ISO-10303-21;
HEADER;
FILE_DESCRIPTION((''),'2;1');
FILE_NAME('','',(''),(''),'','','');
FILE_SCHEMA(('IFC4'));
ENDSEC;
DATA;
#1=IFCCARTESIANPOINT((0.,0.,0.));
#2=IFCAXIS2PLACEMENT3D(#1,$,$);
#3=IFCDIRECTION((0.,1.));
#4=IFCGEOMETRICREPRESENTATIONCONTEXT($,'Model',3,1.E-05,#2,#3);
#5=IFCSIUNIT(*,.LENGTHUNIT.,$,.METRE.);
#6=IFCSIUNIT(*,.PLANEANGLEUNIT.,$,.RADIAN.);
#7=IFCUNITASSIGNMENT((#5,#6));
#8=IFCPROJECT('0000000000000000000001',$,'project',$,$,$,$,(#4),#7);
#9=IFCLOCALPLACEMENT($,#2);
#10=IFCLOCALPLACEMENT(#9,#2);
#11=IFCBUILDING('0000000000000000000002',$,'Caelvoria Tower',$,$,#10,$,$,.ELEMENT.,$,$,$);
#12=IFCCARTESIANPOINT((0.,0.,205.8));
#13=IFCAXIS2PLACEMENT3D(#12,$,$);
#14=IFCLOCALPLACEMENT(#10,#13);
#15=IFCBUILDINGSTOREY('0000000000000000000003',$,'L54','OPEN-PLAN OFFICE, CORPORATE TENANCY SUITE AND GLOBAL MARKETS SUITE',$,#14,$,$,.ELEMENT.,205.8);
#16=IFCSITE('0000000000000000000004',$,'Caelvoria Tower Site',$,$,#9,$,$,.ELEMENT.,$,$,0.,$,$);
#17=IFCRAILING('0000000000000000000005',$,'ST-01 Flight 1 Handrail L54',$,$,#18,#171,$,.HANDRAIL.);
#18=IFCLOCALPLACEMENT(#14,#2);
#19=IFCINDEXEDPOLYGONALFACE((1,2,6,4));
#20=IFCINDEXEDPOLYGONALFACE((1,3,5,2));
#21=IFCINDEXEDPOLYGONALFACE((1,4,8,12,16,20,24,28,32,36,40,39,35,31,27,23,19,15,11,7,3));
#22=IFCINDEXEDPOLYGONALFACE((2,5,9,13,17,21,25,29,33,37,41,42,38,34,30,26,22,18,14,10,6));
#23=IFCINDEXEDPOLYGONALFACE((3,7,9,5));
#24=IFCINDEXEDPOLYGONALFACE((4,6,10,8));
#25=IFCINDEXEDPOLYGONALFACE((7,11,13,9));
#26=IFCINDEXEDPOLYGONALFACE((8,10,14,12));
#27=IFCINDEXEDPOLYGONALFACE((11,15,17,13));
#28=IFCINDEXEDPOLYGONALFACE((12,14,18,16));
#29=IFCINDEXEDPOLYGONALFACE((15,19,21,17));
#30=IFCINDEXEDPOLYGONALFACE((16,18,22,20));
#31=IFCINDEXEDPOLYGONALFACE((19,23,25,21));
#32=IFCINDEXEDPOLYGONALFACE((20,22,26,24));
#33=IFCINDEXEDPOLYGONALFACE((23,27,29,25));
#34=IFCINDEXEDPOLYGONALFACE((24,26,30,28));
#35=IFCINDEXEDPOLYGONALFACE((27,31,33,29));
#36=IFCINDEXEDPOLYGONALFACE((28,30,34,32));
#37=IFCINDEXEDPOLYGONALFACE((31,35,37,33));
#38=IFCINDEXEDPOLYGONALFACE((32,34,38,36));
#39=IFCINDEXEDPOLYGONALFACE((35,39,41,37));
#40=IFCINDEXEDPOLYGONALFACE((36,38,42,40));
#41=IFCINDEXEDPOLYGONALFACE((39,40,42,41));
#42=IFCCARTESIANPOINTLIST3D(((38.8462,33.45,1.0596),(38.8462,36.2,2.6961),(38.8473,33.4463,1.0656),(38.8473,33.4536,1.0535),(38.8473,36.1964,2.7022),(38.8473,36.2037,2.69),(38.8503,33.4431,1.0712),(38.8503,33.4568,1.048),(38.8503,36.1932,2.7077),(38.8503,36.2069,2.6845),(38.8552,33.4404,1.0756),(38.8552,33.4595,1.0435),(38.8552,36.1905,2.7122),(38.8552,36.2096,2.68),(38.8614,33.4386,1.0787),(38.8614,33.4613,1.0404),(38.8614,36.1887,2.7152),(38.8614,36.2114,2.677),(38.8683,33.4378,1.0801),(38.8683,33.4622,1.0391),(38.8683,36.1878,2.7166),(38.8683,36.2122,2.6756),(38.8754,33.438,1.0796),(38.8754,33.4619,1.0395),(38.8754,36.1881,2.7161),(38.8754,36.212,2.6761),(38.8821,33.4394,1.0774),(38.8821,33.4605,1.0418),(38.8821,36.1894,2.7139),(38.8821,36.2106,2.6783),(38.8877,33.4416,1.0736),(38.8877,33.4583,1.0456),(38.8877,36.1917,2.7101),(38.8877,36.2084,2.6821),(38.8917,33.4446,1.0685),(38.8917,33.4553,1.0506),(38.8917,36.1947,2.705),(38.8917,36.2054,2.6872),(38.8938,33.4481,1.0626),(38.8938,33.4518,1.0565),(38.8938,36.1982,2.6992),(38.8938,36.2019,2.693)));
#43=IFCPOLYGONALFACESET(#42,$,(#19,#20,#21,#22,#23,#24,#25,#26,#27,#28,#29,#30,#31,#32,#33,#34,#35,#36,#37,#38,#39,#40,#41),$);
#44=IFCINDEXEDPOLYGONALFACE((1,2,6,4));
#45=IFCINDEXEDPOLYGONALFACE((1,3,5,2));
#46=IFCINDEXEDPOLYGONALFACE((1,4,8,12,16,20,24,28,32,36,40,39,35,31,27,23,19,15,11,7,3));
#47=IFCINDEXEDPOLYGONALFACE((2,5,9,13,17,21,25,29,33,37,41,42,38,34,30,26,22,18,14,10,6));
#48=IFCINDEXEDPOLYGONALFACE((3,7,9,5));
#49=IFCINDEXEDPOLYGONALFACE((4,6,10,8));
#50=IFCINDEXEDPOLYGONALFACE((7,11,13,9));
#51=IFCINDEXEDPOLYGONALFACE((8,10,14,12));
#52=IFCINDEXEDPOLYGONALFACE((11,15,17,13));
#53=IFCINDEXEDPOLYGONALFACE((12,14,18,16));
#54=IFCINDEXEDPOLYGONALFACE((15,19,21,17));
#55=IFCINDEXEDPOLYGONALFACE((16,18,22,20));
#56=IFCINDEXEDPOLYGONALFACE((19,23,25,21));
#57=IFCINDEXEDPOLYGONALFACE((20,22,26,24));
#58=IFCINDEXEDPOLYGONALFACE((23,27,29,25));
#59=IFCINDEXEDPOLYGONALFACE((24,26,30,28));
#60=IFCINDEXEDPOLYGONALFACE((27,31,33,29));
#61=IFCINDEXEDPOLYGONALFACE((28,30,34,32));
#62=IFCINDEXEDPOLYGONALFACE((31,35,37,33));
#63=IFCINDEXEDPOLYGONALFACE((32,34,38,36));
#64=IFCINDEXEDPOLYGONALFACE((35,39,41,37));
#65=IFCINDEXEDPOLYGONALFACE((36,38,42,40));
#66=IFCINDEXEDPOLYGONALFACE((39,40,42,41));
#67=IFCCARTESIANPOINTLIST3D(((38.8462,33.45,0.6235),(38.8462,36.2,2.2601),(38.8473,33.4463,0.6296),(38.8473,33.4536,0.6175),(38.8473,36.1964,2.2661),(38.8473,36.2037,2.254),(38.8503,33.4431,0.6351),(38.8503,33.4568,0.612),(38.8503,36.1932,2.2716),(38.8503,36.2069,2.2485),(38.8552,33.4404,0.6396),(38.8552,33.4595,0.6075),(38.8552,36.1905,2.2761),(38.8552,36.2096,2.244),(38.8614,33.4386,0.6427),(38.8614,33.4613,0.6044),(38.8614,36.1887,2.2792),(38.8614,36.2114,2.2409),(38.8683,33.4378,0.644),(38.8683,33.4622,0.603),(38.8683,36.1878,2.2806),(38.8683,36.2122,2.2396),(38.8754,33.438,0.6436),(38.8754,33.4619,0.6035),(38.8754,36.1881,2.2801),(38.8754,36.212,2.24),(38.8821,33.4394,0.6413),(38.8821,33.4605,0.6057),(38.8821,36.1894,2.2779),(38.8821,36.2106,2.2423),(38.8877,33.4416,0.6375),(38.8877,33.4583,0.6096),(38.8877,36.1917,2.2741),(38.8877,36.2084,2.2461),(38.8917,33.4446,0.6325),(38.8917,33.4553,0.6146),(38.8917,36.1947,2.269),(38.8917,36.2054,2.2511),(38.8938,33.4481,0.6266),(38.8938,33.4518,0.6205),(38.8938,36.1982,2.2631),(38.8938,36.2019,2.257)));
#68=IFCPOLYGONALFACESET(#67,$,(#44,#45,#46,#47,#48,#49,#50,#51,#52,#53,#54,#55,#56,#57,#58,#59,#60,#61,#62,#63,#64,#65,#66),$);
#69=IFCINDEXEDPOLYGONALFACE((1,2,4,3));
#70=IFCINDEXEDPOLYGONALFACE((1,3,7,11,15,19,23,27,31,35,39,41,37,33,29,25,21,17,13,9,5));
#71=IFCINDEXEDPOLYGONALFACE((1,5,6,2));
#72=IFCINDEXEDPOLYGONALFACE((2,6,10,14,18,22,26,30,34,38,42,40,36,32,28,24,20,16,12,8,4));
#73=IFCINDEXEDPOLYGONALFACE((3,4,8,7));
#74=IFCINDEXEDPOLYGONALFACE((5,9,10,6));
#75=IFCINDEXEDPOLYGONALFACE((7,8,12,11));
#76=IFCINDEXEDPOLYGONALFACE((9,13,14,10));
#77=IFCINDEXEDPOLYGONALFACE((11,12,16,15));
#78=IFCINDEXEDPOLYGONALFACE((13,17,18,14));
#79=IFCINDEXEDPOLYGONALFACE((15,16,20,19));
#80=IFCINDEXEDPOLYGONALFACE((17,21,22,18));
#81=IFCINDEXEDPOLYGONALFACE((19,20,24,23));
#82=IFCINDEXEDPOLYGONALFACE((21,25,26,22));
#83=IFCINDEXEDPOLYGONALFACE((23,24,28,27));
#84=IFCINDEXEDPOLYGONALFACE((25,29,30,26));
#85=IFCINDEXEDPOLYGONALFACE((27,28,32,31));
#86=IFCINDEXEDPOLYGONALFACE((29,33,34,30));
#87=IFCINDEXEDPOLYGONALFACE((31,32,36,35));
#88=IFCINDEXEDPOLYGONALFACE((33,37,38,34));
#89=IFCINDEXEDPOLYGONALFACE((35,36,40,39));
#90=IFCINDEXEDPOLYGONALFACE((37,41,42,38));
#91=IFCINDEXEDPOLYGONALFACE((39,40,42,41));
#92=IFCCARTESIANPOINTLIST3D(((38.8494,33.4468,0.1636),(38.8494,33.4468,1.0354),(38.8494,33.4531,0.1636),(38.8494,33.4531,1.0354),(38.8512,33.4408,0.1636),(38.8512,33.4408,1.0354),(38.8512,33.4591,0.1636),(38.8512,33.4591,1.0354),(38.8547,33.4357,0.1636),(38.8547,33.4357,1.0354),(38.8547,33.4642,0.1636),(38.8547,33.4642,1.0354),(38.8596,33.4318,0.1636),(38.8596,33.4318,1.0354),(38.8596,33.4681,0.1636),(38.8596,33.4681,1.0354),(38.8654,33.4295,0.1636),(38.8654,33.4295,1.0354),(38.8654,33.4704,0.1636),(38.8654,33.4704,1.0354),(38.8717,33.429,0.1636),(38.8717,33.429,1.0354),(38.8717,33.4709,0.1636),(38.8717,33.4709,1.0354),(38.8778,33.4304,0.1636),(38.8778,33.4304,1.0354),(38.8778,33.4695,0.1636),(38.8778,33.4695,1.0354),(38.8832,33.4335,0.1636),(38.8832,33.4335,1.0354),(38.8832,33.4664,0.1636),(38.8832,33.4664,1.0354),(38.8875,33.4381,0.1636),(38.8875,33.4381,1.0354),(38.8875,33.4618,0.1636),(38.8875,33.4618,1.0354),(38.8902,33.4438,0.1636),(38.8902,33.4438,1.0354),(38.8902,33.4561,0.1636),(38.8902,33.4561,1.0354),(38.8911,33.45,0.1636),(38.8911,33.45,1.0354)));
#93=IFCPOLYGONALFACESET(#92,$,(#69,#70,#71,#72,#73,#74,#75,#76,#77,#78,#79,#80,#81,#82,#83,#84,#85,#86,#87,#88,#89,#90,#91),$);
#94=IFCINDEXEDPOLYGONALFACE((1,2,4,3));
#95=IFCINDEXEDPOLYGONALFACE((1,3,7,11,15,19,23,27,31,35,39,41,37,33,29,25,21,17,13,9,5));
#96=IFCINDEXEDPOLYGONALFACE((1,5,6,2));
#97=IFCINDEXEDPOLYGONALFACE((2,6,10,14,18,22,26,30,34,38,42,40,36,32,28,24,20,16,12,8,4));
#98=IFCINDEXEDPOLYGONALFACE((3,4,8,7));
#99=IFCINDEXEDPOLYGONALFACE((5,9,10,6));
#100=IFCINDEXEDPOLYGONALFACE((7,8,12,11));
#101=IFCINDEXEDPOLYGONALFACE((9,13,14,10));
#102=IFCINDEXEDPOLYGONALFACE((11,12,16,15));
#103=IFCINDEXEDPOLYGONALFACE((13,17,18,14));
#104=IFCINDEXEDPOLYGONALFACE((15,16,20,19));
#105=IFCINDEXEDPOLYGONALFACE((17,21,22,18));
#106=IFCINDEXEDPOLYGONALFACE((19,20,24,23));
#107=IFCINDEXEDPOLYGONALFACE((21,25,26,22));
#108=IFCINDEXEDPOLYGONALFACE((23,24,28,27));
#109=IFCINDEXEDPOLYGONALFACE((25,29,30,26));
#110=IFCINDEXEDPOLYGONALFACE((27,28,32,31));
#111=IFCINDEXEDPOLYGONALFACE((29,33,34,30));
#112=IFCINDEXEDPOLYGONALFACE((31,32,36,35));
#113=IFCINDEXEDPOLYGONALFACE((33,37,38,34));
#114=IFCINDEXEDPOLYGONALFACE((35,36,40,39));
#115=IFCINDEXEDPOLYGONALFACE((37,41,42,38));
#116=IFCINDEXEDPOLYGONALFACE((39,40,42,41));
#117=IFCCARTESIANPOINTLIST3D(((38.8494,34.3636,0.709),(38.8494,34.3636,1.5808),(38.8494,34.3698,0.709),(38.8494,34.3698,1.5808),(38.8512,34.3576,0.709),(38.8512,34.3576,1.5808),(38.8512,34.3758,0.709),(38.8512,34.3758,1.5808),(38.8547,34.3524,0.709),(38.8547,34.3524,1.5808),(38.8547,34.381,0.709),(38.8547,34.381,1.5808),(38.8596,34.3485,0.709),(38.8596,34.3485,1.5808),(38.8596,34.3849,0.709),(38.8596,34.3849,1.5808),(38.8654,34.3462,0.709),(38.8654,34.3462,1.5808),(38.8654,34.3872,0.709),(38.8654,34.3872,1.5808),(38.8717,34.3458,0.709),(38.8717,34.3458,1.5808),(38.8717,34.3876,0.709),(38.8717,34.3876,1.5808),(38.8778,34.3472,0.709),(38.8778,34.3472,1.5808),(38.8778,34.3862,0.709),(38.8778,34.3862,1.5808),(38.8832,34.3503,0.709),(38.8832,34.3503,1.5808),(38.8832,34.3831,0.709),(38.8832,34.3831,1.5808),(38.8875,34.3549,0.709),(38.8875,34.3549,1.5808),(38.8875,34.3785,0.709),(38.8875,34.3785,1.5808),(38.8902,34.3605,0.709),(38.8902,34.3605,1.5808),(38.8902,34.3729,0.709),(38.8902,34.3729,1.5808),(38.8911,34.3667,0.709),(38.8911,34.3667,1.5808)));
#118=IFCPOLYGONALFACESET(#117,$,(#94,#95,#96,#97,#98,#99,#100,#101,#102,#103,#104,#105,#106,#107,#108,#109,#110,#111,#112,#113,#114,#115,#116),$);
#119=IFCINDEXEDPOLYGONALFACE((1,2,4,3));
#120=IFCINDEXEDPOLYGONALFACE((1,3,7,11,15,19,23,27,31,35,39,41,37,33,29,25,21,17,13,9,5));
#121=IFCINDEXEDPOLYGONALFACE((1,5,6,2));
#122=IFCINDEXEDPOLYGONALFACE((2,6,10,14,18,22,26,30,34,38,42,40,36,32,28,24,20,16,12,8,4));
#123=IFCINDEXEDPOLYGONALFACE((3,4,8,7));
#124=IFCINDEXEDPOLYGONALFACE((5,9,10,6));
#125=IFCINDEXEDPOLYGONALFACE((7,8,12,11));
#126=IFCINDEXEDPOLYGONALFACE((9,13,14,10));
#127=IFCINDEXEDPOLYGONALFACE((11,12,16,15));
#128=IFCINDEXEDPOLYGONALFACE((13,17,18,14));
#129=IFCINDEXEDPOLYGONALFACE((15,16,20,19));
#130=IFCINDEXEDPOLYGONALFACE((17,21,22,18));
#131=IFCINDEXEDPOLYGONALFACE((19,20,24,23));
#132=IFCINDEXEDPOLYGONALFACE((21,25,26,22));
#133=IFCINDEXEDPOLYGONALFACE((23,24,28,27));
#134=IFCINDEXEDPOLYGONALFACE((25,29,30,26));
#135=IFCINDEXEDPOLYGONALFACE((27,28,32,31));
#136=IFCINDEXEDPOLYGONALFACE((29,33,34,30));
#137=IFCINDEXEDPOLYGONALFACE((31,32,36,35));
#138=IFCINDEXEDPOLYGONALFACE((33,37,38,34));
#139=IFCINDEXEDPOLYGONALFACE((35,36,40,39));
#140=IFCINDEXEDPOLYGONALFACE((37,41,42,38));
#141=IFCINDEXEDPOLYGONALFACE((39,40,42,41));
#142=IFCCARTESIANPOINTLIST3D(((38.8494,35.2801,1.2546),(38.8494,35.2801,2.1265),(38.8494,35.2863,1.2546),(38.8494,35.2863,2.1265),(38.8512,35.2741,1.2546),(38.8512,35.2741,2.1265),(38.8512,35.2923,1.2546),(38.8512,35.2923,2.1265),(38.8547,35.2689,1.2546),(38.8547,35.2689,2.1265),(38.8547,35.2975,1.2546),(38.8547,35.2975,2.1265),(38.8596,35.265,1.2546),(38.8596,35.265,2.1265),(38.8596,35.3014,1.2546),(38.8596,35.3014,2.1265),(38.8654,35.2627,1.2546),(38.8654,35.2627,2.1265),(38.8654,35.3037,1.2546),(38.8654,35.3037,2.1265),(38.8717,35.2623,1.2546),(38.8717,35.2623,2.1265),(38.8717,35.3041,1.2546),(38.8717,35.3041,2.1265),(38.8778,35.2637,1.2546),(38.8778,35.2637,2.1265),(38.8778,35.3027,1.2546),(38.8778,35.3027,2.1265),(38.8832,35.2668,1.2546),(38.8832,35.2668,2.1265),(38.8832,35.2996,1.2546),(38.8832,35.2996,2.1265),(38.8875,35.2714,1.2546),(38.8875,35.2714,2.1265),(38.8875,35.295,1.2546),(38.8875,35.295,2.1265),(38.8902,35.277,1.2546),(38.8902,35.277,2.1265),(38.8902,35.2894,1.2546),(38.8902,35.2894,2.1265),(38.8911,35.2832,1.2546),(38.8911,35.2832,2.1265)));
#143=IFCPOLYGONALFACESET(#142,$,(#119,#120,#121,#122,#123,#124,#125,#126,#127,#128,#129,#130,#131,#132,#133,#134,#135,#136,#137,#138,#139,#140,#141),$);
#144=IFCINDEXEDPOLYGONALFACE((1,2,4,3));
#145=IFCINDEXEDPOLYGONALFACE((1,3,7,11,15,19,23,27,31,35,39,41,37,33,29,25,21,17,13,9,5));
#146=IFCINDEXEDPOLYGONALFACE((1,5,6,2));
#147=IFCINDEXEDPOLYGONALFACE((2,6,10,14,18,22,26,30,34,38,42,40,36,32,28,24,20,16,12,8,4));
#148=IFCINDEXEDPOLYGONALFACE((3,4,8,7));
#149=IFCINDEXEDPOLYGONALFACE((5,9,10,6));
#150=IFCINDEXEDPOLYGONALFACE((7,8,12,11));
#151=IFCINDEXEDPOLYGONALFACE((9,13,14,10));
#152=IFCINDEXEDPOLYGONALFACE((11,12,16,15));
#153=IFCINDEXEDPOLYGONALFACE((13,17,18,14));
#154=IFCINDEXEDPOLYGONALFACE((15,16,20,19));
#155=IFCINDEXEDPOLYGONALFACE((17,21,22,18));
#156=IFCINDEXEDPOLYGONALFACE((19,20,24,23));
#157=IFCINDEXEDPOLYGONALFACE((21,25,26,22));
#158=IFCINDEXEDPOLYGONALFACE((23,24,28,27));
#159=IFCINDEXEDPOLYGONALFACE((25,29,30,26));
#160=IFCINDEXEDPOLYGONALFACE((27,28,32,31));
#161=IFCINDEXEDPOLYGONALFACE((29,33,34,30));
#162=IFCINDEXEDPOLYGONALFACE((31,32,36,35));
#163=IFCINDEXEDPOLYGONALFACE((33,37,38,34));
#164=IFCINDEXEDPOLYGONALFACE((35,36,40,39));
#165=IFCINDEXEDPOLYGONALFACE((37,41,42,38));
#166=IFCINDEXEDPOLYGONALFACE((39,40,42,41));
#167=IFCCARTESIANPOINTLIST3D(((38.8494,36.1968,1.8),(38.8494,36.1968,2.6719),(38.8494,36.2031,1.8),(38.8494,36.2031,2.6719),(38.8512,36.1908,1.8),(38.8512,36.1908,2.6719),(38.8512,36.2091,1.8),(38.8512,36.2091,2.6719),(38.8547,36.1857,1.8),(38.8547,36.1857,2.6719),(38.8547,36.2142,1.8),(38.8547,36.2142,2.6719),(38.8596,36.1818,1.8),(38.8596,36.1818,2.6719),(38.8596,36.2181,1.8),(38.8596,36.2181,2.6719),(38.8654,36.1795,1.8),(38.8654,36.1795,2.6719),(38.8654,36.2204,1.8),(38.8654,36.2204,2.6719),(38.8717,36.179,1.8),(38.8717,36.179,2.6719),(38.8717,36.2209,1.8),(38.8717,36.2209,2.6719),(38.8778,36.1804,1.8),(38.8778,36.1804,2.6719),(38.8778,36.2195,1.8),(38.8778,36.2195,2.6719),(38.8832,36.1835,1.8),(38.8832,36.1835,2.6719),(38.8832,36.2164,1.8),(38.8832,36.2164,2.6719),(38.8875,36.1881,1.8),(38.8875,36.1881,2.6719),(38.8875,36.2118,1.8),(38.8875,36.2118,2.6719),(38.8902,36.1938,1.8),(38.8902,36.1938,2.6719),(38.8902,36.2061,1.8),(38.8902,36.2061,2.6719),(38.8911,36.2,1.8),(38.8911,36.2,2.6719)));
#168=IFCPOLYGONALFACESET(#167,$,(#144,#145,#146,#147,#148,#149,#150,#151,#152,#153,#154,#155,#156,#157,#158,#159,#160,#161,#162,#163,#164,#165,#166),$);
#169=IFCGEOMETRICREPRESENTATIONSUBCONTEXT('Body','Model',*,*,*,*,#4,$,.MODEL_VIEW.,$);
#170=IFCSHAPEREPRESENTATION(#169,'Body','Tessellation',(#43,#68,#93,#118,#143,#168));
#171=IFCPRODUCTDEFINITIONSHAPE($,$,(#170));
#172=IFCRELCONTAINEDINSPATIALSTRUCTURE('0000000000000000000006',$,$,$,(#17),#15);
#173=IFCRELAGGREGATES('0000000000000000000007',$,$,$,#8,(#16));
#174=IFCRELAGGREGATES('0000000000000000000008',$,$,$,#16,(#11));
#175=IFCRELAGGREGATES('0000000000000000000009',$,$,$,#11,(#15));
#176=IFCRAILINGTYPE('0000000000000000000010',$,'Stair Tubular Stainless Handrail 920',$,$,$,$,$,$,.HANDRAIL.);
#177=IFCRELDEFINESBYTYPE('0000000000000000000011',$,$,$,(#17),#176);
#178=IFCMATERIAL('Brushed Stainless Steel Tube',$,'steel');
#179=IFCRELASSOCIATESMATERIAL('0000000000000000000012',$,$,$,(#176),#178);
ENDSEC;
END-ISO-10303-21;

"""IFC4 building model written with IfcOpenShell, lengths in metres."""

from ifc_helpers import new_model, si_unit, direction, frame, origin, origin_2d, place, context, subcontext, project, spatial, circle, extrude, material, type_object, element, save


model = new_model("IFC4")

# Units and contexts
model_context = context("Model", 3, precision=1e-05, world=origin(), true_north=direction((0.0, 1.0)))
body_context = subcontext(model_context, "Body", "Model", "MODEL_VIEW")
ifc_project = project(units=[si_unit("LENGTHUNIT", "METRE"), si_unit("PLANEANGLEUNIT", "RADIAN")], contexts=[model_context])

# Site, building, storey
site_placement = place(None, origin())
site = spatial("IfcSite", under=ifc_project, at=site_placement, Name="Caelvoria Tower Site", CompositionType="ELEMENT", RefElevation=0.0)
building_placement = place(site_placement, origin())
building = spatial("IfcBuilding", under=site, at=building_placement, Name="Caelvoria Tower", CompositionType="ELEMENT")
storey_placement = place(building_placement, frame((0.0, 0.0, 205.8)))
storey = spatial("IfcBuildingStorey", under=building, at=storey_placement, Name="L54", Description="OPEN-PLAN OFFICE, CORPORATE TENANCY SUITE AND GLOBAL MARKETS SUITE", CompositionType="ELEMENT", Elevation=205.8)

# Railing
ifc_material_1 = material(Name="Brushed Stainless Steel Tube", Category="steel")
railing_type_1 = type_object("IfcRailingType", Name="Stair Tubular Stainless Handrail 920", PredefinedType="HANDRAIL", material=ifc_material_1)
railing_1_placement = place(storey_placement, frame((38.8701, 33.45, 0.1636)))
element("IfcRailing", 1, at=railing_1_placement, inside=storey, type_object=railing_type_1, Name="ST-01 Flight 1 Handrail L54", PredefinedType="HANDRAIL", context=body_context, shape_type="SweptSolid", body=[
    extrude(circle(Radius=0.0239, at=origin_2d()), frame((0.0, 0.0, 0.896), z_axis=(0.0, 0.859352, 0.511385), x_axis=(-1.0, 0.0, 0.0)), (0.0, 0.0, 1.0), 3.2002),
    extrude(circle(Radius=0.0239, at=origin_2d()), frame((0.0, 0.0, 0.46), z_axis=(0.0, 0.859352, 0.511385), x_axis=(-1.0, 0.0, 0.0)), (0.0, 0.0, 1.0), 3.2002),
    extrude(circle(Radius=0.021, at=origin_2d()), origin(), (0.0, 0.0, 1.0), 0.8718),
    extrude(circle(Radius=0.021, at=origin_2d()), frame((0.0, 0.9167, 0.5454)), (0.0, 0.0, 1.0), 0.8718),
    extrude(circle(Radius=0.021, at=origin_2d()), frame((0.0, 1.8333, 1.0911)), (0.0, 0.0, 1.0), 0.8718),
    extrude(circle(Radius=0.021, at=origin_2d()), frame((0.0, 2.75, 1.6365)), (0.0, 0.0, 1.0), 0.8718),
])

save(model, "model.ifc")
